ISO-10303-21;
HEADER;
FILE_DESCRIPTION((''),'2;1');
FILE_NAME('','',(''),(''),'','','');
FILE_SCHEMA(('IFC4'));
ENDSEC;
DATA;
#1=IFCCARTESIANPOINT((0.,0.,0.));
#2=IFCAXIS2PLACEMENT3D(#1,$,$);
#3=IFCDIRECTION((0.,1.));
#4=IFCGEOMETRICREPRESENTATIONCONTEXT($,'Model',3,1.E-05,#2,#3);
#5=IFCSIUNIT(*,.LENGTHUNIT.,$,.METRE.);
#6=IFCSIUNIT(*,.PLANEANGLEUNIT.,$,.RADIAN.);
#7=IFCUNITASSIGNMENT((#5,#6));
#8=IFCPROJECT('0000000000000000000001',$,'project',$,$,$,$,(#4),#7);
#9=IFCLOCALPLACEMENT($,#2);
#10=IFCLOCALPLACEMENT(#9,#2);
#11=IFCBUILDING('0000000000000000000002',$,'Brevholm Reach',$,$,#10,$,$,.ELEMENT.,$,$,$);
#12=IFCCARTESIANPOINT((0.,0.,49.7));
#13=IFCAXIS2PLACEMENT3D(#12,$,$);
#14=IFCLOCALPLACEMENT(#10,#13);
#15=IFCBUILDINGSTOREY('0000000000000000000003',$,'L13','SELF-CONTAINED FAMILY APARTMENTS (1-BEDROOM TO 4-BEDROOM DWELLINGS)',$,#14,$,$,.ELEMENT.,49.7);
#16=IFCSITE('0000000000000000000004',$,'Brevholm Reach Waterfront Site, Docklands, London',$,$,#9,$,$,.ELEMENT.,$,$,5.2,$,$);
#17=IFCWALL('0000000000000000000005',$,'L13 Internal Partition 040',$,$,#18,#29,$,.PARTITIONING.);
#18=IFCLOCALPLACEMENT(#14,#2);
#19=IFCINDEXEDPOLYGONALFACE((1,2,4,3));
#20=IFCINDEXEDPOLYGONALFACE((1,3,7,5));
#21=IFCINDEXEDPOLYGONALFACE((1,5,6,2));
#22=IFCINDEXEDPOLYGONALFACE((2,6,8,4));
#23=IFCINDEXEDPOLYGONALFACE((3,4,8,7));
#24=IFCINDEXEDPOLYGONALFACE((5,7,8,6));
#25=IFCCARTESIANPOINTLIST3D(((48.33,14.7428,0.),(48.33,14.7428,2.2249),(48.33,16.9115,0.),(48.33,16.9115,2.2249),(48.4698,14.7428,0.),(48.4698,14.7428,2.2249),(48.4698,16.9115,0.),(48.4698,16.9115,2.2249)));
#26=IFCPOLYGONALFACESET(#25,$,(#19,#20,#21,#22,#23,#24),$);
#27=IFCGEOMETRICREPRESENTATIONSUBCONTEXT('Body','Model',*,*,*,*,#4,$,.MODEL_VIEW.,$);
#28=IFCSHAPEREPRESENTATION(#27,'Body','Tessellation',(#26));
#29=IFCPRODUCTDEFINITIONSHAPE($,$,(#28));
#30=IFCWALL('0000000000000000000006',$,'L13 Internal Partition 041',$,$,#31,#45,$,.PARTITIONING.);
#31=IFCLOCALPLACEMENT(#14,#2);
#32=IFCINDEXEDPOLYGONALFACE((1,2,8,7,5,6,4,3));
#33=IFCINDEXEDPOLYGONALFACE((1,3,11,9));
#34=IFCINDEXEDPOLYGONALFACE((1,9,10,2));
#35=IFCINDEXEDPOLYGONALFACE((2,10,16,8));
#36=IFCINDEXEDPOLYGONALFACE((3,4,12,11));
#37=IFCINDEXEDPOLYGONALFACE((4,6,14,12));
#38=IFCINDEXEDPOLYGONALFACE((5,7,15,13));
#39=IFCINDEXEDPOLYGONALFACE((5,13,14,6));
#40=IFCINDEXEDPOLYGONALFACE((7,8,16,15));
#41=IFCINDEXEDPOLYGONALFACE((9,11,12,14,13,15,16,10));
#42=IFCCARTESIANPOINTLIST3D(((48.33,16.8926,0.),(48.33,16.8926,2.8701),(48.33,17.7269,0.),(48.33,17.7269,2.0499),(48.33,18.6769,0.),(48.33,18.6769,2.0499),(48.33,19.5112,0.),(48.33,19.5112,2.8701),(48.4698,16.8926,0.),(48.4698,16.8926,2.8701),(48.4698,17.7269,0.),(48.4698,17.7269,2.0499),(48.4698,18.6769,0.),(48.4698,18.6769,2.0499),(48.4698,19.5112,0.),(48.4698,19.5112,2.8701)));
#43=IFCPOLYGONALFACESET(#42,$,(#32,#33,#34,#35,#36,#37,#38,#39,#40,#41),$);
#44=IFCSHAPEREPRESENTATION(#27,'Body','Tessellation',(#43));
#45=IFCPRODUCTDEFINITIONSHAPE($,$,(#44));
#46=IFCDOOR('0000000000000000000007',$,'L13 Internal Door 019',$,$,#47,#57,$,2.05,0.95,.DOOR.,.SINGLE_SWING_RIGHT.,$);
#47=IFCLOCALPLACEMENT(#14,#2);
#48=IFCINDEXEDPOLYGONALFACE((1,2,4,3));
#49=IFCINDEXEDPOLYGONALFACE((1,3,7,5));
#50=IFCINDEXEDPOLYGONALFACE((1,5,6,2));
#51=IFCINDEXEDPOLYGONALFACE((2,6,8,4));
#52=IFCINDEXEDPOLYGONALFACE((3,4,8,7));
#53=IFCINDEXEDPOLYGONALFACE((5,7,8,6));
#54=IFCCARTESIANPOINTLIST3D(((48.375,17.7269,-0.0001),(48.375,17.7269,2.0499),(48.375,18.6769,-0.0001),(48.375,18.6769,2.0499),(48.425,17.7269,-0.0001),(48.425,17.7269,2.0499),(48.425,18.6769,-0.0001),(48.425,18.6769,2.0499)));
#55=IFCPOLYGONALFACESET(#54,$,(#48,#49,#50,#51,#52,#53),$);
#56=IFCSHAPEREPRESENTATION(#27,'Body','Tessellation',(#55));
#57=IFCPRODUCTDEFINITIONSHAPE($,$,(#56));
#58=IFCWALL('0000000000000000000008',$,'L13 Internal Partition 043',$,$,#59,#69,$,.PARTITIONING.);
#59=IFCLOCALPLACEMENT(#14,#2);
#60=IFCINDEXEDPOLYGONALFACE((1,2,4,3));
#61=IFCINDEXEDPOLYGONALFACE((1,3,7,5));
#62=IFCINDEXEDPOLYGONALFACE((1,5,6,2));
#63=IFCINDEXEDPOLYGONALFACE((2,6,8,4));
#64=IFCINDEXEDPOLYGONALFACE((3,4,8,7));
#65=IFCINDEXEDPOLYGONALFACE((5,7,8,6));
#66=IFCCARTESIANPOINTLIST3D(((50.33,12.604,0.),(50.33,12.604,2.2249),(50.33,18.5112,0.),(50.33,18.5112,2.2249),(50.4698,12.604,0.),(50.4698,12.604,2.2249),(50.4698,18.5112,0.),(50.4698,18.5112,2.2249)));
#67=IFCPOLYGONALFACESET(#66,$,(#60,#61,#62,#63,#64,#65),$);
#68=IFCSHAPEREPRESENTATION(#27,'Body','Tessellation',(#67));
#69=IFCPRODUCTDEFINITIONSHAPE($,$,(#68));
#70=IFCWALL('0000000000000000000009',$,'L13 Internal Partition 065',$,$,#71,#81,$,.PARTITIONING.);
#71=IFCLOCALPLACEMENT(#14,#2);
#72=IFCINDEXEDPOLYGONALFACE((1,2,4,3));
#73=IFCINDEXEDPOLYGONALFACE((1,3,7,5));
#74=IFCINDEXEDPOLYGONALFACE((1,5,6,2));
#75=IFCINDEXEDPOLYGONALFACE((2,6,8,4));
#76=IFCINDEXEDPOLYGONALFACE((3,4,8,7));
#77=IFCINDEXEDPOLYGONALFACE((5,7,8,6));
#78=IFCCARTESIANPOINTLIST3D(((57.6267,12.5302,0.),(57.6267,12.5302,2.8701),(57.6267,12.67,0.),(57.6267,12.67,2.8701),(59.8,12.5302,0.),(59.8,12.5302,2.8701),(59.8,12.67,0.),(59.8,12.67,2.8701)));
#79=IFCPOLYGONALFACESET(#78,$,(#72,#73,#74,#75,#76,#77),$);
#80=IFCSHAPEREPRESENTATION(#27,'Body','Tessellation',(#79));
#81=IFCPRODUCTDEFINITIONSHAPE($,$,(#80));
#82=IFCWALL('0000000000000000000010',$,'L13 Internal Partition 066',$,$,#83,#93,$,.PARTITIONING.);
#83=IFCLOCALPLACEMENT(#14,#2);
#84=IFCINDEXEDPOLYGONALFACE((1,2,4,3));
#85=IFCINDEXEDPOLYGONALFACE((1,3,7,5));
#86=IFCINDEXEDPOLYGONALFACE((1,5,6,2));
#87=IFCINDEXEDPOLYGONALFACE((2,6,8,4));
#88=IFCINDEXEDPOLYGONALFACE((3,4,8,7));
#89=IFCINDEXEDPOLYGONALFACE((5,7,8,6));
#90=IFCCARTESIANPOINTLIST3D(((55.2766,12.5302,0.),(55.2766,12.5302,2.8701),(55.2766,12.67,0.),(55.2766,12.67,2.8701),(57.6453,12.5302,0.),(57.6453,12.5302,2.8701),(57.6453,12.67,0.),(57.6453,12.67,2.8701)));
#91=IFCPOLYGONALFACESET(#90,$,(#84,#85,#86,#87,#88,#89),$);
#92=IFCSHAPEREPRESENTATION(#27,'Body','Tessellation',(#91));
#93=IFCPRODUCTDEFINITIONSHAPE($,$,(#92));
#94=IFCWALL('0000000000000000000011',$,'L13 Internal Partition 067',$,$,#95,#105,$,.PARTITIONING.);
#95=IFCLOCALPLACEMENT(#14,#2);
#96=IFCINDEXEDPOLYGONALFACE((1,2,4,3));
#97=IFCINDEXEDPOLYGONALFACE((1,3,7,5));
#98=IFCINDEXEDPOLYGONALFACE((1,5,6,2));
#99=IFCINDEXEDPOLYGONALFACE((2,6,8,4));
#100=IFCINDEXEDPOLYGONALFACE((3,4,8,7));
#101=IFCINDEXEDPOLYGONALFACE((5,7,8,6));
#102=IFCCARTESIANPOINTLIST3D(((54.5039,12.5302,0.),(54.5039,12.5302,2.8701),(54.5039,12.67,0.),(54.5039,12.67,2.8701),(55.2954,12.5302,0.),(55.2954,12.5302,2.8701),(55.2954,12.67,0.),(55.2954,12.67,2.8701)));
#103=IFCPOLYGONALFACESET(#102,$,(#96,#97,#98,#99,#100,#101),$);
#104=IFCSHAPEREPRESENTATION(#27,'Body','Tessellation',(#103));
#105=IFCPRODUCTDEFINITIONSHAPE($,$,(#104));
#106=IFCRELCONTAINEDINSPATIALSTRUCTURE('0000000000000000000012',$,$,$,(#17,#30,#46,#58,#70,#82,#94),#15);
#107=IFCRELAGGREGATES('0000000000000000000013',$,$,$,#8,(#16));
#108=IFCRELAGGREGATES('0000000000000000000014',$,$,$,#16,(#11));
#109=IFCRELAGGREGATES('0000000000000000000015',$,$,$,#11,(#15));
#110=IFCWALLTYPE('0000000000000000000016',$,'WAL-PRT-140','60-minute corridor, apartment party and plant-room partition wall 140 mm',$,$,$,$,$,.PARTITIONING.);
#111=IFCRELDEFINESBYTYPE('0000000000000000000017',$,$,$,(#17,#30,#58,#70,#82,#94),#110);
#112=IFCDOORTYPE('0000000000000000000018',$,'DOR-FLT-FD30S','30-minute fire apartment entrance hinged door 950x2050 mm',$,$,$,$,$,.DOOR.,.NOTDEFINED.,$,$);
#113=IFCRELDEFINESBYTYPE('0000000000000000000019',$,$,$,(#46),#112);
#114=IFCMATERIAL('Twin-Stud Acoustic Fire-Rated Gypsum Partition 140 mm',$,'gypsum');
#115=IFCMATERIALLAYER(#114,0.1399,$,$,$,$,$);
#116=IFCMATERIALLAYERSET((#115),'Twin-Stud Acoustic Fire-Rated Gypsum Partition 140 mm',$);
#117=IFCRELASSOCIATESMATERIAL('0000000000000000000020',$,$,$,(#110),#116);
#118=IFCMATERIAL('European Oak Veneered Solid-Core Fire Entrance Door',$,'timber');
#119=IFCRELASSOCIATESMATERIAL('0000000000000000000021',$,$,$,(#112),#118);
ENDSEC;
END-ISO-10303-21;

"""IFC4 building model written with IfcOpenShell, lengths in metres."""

from ifc_helpers import new_model, si_unit, direction, frame, frame_2d, origin, place, context, subcontext, project, spatial, rectangle, extrude, material, layer, layer_set, type_object, element, fill, save


model = new_model("IFC4")

# Units and contexts
model_context = context("Model", 3, precision=1e-05, world=origin(), true_north=direction((0.0, 1.0)))
body_context = subcontext(model_context, "Body", "Model", "MODEL_VIEW")
ifc_project = project(units=[si_unit("LENGTHUNIT", "METRE"), si_unit("PLANEANGLEUNIT", "RADIAN")], contexts=[model_context])

# Site, building, storey
site_placement = place(None, origin())
site = spatial("IfcSite", under=ifc_project, at=site_placement, Name="Brevholm Reach Waterfront Site, Docklands, London", CompositionType="ELEMENT", RefElevation=5.2)
building_placement = place(site_placement, origin())
building = spatial("IfcBuilding", under=site, at=building_placement, Name="Brevholm Reach", CompositionType="ELEMENT")
storey_placement = place(building_placement, frame((0.0, 0.0, 49.7)))
storey = spatial("IfcBuildingStorey", under=building, at=storey_placement, Name="L13", Description="SELF-CONTAINED FAMILY APARTMENTS (1-BEDROOM TO 4-BEDROOM DWELLINGS)", CompositionType="ELEMENT", Elevation=49.7)

# Shared definitions
ifc_material_1 = material(Name="Twin-Stud Acoustic Fire-Rated Gypsum Partition 140 mm", Category="gypsum")
ifc_layer_1 = layer(ifc_material_1, 0.1399)
ifc_layer_set_1 = layer_set([ifc_layer_1], Name="Twin-Stud Acoustic Fire-Rated Gypsum Partition 140 mm")
wall_type_1 = type_object("IfcWallType", Name="WAL-PRT-140", Description="60-minute corridor, apartment party and plant-room partition wall 140 mm", PredefinedType="PARTITIONING", material=ifc_layer_set_1)
ifc_material_2 = material(Name="European Oak Veneered Solid-Core Fire Entrance Door", Category="timber")
door_type_1 = type_object("IfcDoorType", Name="DOR-FLT-FD30S", Description="30-minute fire apartment entrance hinged door 950x2050 mm", OperationType="NOTDEFINED", PredefinedType="DOOR", material=ifc_material_2)

# Wall
wall_1_placement = place(storey_placement, frame((48.3999, 14.7427, 0.0), z_axis=(0.0, 0.0, 1.0), x_axis=(0.0, 1.0, 0.0)))
element("IfcWall", 1, at=wall_1_placement, inside=storey, type_object=wall_type_1, Name="L13 Internal Partition 040", PredefinedType="PARTITIONING", context=body_context, shape_type="SweptSolid", body=[
    extrude(rectangle(XDim=2.1687, YDim=0.1399, at=frame_2d((1.0845, 0.0))), origin(), (0.0, 0.0, 1.0), 2.2249),
])

# Wall, opening, door
wall_2_placement = place(storey_placement, frame((48.3999, 16.8926, 0.0), z_axis=(0.0, 0.0, 1.0), x_axis=(0.0, 1.0, 0.0)))
wall_2 = element("IfcWall", 2, at=wall_2_placement, inside=storey, type_object=wall_type_1, Name="L13 Internal Partition 041", PredefinedType="PARTITIONING", context=body_context, shape_type="SweptSolid", body=[
    extrude(rectangle(XDim=2.6187, YDim=0.1399, at=frame_2d((1.3093, 0.0))), origin(), (0.0, 0.0, 1.0), 2.8701),
])
opening_1_placement = place(wall_2_placement, frame((0.8342, 0.0, 0.0)))
opening_1 = element("IfcOpeningElement", 3, at=opening_1_placement, cuts=wall_2, PredefinedType="OPENING", context=body_context, shape_type="SweptSolid", body=[
    extrude(rectangle(XDim=0.95, YDim=2.05, at=frame_2d((0.4751, 1.0249))), frame((0.0, 0.0798, 0.0), z_axis=(0.0, -1.0, 0.0), x_axis=(1.0, 0.0, 0.0)), (0.0, 0.0, 1.0), 0.1599),
])
door_1_placement = place(opening_1_placement, origin())
door_1 = element("IfcDoor", 4, at=door_1_placement, inside=storey, type_object=door_type_1, Name="L13 Internal Door 019", OperationType="SINGLE_SWING_RIGHT", OverallHeight=2.05, OverallWidth=0.95, PredefinedType="DOOR", context=body_context, shape_type="SweptSolid", body=[
    extrude(rectangle(XDim=0.95, YDim=2.05, at=frame_2d((0.4751, 1.0249))), frame((0.0, 0.0249, 0.0), z_axis=(0.0, -1.0, 0.0), x_axis=(1.0, 0.0, 0.0)), (0.0, 0.0, 1.0), 0.05),
])
fill(opening_1, door_1)

# Walls
wall_3_placement = place(storey_placement, frame((50.3999, 12.604, 0.0), z_axis=(0.0, 0.0, 1.0), x_axis=(0.0, 1.0, 0.0)))
element("IfcWall", 5, at=wall_3_placement, inside=storey, type_object=wall_type_1, Name="L13 Internal Partition 043", PredefinedType="PARTITIONING", context=body_context, shape_type="SweptSolid", body=[
    extrude(rectangle(XDim=5.9072, YDim=0.1399, at=frame_2d((2.9536, 0.0))), origin(), (0.0, 0.0, 1.0), 2.2249),
])
wall_4_placement = place(storey_placement, frame((57.6267, 12.6001, 0.0), z_axis=(0.0, 0.0, 1.0), x_axis=(1.0, 0.0, 0.0)))
element("IfcWall", 6, at=wall_4_placement, inside=storey, type_object=wall_type_1, Name="L13 Internal Partition 065", PredefinedType="PARTITIONING", context=body_context, shape_type="SweptSolid", body=[
    extrude(rectangle(XDim=2.1733, YDim=0.1399, at=frame_2d((1.0867, 0.0))), origin(), (0.0, 0.0, 1.0), 2.8701),
])
wall_5_placement = place(storey_placement, frame((55.2766, 12.6001, 0.0), z_axis=(0.0, 0.0, 1.0), x_axis=(1.0, 0.0, 0.0)))
element("IfcWall", 7, at=wall_5_placement, inside=storey, type_object=wall_type_1, Name="L13 Internal Partition 066", PredefinedType="PARTITIONING", context=body_context, shape_type="SweptSolid", body=[
    extrude(rectangle(XDim=2.3687, YDim=0.1399, at=frame_2d((1.1843, 0.0))), origin(), (0.0, 0.0, 1.0), 2.8701),
])
wall_6_placement = place(storey_placement, frame((54.5039, 12.6001, 0.0), z_axis=(0.0, 0.0, 1.0), x_axis=(1.0, 0.0, 0.0)))
element("IfcWall", 8, at=wall_6_placement, inside=storey, type_object=wall_type_1, Name="L13 Internal Partition 067", PredefinedType="PARTITIONING", context=body_context, shape_type="SweptSolid", body=[
    extrude(rectangle(XDim=0.7915, YDim=0.1399, at=frame_2d((0.3958, 0.0))), origin(), (0.0, 0.0, 1.0), 2.8701),
])

save(model, "model.ifc")
